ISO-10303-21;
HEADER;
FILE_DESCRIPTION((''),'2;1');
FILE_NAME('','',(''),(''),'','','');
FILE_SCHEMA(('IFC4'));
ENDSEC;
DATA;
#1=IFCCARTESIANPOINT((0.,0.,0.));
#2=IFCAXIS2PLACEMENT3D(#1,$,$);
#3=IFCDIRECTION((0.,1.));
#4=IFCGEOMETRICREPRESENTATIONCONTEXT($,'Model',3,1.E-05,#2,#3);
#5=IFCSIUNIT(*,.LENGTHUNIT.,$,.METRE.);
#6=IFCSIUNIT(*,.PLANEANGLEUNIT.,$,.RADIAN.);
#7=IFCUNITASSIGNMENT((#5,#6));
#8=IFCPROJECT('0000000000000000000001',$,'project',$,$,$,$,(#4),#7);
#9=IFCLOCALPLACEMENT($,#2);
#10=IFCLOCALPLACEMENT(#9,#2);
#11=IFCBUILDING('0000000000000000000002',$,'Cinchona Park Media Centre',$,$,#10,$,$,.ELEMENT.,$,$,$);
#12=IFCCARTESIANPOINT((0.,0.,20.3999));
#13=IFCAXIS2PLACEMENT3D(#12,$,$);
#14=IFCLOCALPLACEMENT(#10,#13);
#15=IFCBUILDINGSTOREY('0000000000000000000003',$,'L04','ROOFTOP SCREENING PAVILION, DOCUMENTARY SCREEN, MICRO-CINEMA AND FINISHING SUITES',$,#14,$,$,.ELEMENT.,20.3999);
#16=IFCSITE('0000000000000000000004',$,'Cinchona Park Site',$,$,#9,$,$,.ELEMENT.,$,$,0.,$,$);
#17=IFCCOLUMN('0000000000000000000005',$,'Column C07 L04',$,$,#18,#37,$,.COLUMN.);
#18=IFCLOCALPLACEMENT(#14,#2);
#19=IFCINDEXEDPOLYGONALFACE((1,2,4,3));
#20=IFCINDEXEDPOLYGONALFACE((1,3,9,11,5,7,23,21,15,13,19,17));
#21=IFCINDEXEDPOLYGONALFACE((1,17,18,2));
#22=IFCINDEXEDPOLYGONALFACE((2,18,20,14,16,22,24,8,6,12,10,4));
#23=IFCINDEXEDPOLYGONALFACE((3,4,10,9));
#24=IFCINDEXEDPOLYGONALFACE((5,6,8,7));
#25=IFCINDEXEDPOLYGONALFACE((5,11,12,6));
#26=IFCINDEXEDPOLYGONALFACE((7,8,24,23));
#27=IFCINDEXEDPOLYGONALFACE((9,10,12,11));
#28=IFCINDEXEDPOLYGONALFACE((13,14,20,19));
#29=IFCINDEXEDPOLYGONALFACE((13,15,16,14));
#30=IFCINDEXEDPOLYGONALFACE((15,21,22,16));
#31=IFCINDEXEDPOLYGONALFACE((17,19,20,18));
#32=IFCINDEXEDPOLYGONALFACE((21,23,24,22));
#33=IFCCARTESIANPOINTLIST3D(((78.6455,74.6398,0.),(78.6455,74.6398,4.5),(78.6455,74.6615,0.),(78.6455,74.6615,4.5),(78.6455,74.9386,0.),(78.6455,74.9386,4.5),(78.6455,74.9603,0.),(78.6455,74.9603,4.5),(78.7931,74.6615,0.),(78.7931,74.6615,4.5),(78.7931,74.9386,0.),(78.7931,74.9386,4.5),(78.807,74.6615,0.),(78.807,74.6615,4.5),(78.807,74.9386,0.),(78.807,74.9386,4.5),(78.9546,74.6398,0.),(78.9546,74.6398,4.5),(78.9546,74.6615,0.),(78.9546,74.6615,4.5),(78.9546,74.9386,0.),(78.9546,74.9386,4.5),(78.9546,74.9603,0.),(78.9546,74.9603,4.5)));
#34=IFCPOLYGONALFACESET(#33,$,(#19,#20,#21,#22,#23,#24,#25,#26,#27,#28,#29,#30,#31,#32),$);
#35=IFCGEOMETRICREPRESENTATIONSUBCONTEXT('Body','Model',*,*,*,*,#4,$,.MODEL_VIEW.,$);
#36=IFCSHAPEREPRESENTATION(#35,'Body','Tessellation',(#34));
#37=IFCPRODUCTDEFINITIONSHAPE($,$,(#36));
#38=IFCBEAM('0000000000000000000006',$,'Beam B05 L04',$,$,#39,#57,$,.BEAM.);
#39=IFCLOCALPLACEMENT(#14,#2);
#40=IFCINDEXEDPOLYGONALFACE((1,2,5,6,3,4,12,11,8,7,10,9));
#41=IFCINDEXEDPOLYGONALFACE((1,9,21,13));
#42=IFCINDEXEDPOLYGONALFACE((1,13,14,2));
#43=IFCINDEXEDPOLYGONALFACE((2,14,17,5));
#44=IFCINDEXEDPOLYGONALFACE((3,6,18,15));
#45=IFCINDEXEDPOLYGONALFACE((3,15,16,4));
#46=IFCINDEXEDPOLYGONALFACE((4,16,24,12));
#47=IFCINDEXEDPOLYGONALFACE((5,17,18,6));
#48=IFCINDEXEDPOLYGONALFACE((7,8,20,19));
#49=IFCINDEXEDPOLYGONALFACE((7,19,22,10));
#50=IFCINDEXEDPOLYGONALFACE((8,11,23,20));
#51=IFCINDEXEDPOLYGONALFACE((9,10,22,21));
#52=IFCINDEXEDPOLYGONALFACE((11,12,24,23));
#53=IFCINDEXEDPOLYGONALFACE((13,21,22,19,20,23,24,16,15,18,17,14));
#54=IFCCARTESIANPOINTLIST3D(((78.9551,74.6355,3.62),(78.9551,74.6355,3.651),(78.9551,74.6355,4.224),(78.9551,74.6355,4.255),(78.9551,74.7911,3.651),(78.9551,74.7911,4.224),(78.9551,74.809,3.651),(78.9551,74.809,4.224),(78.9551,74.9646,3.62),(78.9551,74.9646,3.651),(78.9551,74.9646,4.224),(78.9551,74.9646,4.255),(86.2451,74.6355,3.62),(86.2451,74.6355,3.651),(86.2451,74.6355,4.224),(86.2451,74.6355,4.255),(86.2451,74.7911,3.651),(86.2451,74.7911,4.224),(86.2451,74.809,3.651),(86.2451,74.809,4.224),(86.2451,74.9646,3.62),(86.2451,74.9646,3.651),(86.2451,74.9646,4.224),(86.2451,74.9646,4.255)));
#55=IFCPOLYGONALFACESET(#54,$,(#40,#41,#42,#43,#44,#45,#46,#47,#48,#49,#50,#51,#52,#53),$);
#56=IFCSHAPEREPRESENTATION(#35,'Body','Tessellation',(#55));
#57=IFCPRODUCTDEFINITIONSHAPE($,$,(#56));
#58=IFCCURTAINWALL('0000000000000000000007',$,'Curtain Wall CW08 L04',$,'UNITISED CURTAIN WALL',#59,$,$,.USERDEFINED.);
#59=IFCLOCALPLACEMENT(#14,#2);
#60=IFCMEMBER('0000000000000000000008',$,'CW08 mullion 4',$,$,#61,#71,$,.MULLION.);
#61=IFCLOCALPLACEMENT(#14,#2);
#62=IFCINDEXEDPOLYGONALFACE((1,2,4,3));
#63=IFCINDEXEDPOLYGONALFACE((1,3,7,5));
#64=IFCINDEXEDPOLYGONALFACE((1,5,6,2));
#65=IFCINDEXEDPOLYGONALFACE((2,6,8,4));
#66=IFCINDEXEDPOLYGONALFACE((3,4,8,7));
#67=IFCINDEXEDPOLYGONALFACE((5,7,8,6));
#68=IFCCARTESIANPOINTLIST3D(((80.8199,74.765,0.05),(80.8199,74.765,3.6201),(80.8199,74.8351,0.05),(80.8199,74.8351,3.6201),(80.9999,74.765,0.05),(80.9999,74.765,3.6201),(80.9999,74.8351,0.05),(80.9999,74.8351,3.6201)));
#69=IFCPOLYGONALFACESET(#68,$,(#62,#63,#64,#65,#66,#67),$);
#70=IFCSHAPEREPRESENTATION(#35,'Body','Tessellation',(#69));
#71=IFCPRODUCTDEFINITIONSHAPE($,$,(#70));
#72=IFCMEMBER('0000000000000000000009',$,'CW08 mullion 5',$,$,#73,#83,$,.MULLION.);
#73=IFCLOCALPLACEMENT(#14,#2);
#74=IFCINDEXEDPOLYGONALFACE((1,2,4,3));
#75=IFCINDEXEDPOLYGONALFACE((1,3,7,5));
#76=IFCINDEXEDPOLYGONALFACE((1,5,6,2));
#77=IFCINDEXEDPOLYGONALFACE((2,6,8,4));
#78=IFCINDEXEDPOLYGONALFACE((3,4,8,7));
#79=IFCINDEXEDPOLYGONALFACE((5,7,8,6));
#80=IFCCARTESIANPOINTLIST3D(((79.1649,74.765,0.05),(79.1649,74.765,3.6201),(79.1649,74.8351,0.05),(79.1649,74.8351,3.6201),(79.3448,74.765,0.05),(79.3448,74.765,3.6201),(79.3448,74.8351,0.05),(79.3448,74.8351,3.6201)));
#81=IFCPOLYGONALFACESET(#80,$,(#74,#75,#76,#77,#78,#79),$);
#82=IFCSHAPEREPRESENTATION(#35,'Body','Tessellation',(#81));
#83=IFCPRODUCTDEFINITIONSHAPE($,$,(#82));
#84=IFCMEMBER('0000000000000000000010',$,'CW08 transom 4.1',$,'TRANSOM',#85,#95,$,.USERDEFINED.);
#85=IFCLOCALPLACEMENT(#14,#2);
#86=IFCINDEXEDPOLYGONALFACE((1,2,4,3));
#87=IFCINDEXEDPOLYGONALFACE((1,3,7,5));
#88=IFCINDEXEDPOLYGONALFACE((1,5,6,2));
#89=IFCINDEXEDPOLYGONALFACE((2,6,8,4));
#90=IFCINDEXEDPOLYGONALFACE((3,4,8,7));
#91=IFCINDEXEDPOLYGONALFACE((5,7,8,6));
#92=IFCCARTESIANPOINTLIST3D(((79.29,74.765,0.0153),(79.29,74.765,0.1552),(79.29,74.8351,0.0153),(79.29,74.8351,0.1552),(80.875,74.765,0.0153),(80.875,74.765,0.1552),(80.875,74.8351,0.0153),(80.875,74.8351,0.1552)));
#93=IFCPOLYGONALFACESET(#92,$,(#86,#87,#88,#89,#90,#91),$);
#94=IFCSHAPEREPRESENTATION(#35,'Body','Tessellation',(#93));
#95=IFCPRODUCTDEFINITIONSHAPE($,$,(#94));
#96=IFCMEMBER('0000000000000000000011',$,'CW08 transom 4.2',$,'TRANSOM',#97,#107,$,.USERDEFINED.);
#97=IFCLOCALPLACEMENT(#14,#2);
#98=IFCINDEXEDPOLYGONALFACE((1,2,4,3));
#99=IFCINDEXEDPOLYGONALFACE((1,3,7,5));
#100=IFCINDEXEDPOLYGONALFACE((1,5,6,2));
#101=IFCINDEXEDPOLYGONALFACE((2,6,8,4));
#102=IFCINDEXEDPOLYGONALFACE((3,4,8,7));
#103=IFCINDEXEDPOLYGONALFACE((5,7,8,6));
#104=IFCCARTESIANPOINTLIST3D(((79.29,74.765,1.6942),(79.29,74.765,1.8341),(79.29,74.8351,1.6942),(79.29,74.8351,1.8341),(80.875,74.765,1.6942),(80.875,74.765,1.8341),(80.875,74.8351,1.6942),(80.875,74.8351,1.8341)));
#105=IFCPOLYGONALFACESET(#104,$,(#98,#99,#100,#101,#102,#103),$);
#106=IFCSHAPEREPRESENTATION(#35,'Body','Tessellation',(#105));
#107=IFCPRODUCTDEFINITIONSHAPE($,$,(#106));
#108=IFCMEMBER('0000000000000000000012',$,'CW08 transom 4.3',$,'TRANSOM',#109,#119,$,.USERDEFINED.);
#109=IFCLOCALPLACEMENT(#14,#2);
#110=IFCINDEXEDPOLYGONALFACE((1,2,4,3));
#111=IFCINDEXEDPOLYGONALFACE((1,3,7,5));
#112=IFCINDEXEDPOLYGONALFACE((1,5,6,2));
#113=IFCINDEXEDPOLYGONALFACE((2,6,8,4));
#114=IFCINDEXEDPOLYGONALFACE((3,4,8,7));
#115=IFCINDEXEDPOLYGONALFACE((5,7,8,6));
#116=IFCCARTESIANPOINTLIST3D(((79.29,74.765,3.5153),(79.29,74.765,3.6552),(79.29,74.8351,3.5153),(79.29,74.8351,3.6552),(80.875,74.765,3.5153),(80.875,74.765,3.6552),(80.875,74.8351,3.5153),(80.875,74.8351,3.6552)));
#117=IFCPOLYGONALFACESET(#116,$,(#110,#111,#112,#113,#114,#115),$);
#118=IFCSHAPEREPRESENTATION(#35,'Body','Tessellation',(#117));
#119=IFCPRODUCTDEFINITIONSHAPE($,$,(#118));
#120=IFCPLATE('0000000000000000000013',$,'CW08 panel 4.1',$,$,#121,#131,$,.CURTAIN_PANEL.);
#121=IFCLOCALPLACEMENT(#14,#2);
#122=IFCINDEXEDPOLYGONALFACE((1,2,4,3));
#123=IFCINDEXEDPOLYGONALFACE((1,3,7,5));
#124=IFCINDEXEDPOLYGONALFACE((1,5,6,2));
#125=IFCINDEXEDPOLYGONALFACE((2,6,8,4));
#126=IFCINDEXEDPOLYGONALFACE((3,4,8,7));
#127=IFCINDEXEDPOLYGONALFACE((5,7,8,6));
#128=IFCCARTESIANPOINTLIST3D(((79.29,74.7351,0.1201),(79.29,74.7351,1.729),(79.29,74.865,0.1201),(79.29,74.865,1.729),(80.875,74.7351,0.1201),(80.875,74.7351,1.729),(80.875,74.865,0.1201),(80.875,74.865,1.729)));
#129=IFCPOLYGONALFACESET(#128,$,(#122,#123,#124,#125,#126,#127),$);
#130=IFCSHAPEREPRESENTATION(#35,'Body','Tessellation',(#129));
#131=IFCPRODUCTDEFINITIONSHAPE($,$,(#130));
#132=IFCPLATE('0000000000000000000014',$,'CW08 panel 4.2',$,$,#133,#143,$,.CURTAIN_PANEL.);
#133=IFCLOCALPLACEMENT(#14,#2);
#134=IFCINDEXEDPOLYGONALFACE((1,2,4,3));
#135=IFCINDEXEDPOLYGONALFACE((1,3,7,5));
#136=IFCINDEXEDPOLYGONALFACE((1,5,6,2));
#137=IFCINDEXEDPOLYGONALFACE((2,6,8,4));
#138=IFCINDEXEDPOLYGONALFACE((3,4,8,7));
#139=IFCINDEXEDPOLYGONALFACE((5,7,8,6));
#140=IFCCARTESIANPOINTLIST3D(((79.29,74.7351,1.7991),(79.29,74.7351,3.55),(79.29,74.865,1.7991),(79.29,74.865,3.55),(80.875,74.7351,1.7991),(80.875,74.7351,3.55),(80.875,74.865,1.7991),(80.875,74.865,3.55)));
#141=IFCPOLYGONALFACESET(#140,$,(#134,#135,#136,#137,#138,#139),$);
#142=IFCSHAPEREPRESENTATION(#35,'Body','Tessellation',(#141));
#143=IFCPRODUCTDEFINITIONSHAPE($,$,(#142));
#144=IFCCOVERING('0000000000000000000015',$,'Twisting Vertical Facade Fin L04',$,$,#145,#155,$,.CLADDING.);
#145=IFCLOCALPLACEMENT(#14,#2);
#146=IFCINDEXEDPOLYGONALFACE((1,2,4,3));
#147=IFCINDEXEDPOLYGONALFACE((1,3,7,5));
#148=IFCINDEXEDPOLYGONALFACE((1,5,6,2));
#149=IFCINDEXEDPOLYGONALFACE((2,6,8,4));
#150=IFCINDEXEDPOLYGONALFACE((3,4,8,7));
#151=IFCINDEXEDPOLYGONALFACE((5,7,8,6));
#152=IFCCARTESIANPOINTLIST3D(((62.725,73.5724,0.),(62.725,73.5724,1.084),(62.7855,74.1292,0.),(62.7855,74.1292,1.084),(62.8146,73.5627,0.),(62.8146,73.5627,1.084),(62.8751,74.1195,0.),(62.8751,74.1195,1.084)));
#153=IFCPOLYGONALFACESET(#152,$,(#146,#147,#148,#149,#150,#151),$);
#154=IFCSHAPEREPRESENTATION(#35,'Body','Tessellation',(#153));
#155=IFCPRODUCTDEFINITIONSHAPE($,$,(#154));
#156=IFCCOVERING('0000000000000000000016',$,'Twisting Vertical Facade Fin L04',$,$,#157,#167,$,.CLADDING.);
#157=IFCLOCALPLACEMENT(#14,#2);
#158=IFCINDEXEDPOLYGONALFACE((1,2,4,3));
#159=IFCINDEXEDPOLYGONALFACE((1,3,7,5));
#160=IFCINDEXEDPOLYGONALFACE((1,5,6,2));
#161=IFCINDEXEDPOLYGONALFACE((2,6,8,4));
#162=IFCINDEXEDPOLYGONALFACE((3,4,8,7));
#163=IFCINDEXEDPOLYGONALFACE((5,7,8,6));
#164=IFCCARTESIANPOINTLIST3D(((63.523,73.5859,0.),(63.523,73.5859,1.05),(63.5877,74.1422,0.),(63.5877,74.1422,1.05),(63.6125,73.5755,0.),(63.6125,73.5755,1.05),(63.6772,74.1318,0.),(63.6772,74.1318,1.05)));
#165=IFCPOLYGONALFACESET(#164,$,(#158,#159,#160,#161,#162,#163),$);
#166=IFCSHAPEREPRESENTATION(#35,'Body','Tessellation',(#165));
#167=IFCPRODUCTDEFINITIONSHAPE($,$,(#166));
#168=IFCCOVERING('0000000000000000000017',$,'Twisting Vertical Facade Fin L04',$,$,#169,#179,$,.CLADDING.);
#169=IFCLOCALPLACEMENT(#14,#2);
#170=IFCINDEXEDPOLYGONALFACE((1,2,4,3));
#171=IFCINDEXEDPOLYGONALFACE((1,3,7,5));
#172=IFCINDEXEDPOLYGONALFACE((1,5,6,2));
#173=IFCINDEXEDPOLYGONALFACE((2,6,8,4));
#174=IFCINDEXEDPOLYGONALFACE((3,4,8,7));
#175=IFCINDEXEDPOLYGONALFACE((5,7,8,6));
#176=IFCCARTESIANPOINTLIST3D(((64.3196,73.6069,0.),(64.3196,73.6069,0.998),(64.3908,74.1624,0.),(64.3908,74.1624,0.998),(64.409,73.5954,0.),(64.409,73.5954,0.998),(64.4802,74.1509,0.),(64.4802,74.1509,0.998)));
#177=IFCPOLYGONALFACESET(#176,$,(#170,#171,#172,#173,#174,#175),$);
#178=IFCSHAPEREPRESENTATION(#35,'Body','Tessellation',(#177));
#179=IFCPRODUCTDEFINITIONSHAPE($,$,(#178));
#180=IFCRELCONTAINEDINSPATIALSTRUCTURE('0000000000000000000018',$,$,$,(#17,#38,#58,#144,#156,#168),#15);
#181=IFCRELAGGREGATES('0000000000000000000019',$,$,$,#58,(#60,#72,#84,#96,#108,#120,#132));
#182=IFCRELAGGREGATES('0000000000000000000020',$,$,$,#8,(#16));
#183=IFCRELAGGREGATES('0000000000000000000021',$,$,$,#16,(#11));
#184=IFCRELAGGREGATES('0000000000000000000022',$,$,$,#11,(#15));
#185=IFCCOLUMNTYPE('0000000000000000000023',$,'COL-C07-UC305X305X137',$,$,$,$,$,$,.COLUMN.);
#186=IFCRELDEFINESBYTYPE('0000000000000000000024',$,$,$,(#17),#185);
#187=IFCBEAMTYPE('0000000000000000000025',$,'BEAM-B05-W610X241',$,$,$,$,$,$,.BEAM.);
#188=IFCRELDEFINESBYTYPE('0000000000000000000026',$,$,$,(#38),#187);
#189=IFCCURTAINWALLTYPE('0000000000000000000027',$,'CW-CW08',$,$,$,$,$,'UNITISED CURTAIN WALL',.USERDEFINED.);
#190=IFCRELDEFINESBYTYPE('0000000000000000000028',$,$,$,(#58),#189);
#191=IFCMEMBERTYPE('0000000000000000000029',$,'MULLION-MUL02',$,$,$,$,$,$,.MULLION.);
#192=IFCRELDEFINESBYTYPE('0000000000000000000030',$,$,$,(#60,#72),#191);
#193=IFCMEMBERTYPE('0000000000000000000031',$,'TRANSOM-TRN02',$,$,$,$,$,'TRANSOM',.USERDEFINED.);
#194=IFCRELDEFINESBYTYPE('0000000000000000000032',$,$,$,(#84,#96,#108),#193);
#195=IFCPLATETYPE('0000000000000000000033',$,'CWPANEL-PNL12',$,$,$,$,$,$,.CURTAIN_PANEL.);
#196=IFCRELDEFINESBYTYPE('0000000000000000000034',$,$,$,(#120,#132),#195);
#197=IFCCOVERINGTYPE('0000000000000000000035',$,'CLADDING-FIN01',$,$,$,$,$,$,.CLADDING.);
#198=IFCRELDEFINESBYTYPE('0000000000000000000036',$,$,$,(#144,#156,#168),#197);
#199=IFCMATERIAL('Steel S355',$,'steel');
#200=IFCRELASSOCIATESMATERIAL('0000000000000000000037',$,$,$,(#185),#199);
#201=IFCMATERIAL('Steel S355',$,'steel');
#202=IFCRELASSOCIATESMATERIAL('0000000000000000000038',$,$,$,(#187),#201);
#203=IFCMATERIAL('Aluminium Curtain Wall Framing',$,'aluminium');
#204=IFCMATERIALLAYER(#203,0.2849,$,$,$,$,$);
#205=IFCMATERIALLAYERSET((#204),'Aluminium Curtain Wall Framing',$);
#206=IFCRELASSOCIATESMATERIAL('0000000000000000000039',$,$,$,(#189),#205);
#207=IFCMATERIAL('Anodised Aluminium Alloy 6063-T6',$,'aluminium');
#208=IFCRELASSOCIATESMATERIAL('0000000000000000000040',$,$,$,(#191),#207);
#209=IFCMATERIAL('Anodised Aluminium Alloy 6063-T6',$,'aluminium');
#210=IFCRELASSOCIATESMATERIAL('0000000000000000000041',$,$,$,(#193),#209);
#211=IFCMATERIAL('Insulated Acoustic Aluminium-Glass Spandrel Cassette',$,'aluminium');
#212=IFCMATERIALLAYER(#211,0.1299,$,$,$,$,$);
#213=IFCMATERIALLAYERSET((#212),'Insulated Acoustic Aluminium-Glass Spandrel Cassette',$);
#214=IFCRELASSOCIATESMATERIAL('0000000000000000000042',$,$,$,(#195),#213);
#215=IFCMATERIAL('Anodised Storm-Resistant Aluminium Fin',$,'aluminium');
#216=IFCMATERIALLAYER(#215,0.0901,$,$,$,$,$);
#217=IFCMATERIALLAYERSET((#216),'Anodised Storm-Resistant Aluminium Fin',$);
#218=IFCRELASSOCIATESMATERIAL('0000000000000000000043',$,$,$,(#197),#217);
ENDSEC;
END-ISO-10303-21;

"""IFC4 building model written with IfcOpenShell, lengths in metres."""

from ifc_helpers import new_model, si_unit, direction, frame, origin, origin_2d, place, context, subcontext, project, spatial, rectangle, i_section, extrude, material, layer, layer_set, material_profile, profile_set, type_object, element, aggregate, save


model = new_model("IFC4")

# Units and contexts
model_context = context("Model", 3, precision=1e-05, world=origin(), true_north=direction((0.0, 1.0)))
body_context = subcontext(model_context, "Body", "Model", "MODEL_VIEW")
ifc_project = project(units=[si_unit("LENGTHUNIT", "METRE"), si_unit("PLANEANGLEUNIT", "RADIAN")], contexts=[model_context])

# Site, building, storey
site_placement = place(None, origin())
site = spatial("IfcSite", under=ifc_project, at=site_placement, Name="Cinchona Park Site", CompositionType="ELEMENT", RefElevation=0.0)
building_placement = place(site_placement, origin())
building = spatial("IfcBuilding", under=site, at=building_placement, Name="Cinchona Park Media Centre", CompositionType="ELEMENT")
storey_placement = place(building_placement, frame((0.0, 0.0, 20.3999)))
storey = spatial("IfcBuildingStorey", under=building, at=storey_placement, Name="L04", Description="ROOFTOP SCREENING PAVILION, DOCUMENTARY SCREEN, MICRO-CINEMA AND FINISHING SUITES", CompositionType="ELEMENT", Elevation=20.3999)

# Column
ifc_material_1 = material(Name="Steel S355", Category="steel")
ifc_material_profile_1 = material_profile(ifc_material_1, i_section(OverallWidth=0.3091, OverallDepth=0.3206, WebThickness=0.0139, FlangeThickness=0.0217, at=origin_2d()), Name="UC305X305X137")
ifc_profile_set_1 = profile_set([ifc_material_profile_1], Name="Steel S355")
column_type = type_object("IfcColumnType", Name="COL-C07-UC305X305X137", PredefinedType="COLUMN", material=ifc_profile_set_1)
column_placement = place(storey_placement, frame((78.8, 74.8, 0.0), z_axis=(0.0, 0.0, 1.0), x_axis=(1.0, 0.0, 0.0)))
element("IfcColumn", 1, at=column_placement, inside=storey, type_object=column_type, Name="Column C07 L04", PredefinedType="COLUMN", context=body_context, shape_type="SweptSolid", body=[
    extrude(i_section(OverallWidth=0.3091, OverallDepth=0.3206, WebThickness=0.0139, FlangeThickness=0.0217, at=origin_2d()), origin(), (0.0, 0.0, 1.0), 4.5),
])

# Beam
ifc_material_2 = material(Name="Steel S355", Category="steel")
ifc_material_profile_2 = material_profile(ifc_material_2, i_section(OverallWidth=0.3291, OverallDepth=0.635, WebThickness=0.0178, FlangeThickness=0.031, at=origin_2d()), Name="W610X241")
ifc_profile_set_2 = profile_set([ifc_material_profile_2], Name="Steel S355")
beam_type = type_object("IfcBeamType", Name="BEAM-B05-W610X241", PredefinedType="BEAM", material=ifc_profile_set_2)
beam_placement = place(storey_placement, frame((78.9551, 74.8, 3.9375), z_axis=(1.0, 0.0, 0.0), x_axis=(0.0, 1.0, 0.0)))
element("IfcBeam", 2, at=beam_placement, inside=storey, type_object=beam_type, Name="Beam B05 L04", PredefinedType="BEAM", context=body_context, shape_type="SweptSolid", body=[
    extrude(i_section(OverallWidth=0.3291, OverallDepth=0.635, WebThickness=0.0178, FlangeThickness=0.031, at=origin_2d()), origin(), (0.0, 0.0, 1.0), 7.29),
])

# Curtain wall, members, plates
ifc_material_3 = material(Name="Aluminium Curtain Wall Framing", Category="aluminium")
ifc_layer_1 = layer(ifc_material_3, 0.2849)
ifc_layer_set_1 = layer_set([ifc_layer_1], Name="Aluminium Curtain Wall Framing")
curtain_wall_type = type_object("IfcCurtainWallType", Name="CW-CW08", ElementType="UNITISED CURTAIN WALL", PredefinedType="USERDEFINED", material=ifc_layer_set_1)
curtain_wall_placement = place(storey_placement, origin())
curtain_wall = element("IfcCurtainWall", 3, at=curtain_wall_placement, inside=storey, type_object=curtain_wall_type, Name="Curtain Wall CW08 L04", ObjectType="UNITISED CURTAIN WALL", PredefinedType="USERDEFINED")
ifc_material_4 = material(Name="Anodised Aluminium Alloy 6063-T6", Category="aluminium")
ifc_material_profile_3 = material_profile(ifc_material_4, rectangle(XDim=0.0701, YDim=0.1799, at=origin_2d()), Name="MUL-70X180")
ifc_profile_set_3 = profile_set([ifc_material_profile_3], Name="Anodised Aluminium Alloy 6063-T6")
member_type_1 = type_object("IfcMemberType", Name="MULLION-MUL02", PredefinedType="MULLION", material=ifc_profile_set_3)
member_1_placement = place(storey_placement, frame((80.9099, 74.8, 0.05), z_axis=(0.0, 0.0, 1.0), x_axis=(0.0, -1.0, 0.0)))
member_1 = element("IfcMember", 4, at=member_1_placement, type_object=member_type_1, Name="CW08 mullion 4", PredefinedType="MULLION", context=body_context, shape_type="SweptSolid", body=[
    extrude(rectangle(XDim=0.0701, YDim=0.1799, at=origin_2d()), origin(), (0.0, 0.0, 1.0), 3.5701),
])
member_2_placement = place(storey_placement, frame((79.2549, 74.8, 0.05), z_axis=(0.0, 0.0, 1.0), x_axis=(0.0, -1.0, 0.0)))
member_2 = element("IfcMember", 5, at=member_2_placement, type_object=member_type_1, Name="CW08 mullion 5", PredefinedType="MULLION", context=body_context, shape_type="SweptSolid", body=[
    extrude(rectangle(XDim=0.0701, YDim=0.1799, at=origin_2d()), origin(), (0.0, 0.0, 1.0), 3.5701),
])
ifc_material_5 = material(Name="Anodised Aluminium Alloy 6063-T6", Category="aluminium")
ifc_material_profile_4 = material_profile(ifc_material_5, rectangle(XDim=0.0701, YDim=0.1399, at=origin_2d()), Name="TRN-70X140")
ifc_profile_set_4 = profile_set([ifc_material_profile_4], Name="Anodised Aluminium Alloy 6063-T6")
member_type_2 = type_object("IfcMemberType", Name="TRANSOM-TRN02", ElementType="TRANSOM", PredefinedType="USERDEFINED", material=ifc_profile_set_4)
member_3_placement = place(storey_placement, frame((80.875, 74.8, 0.0852), z_axis=(-1.0, 0.0, 0.0), x_axis=(0.0, -1.0, 0.0)))
member_3 = element("IfcMember", 6, at=member_3_placement, type_object=member_type_2, Name="CW08 transom 4.1", ObjectType="TRANSOM", PredefinedType="USERDEFINED", context=body_context, shape_type="SweptSolid", body=[
    extrude(rectangle(XDim=0.0701, YDim=0.1399, at=origin_2d()), origin(), (0.0, 0.0, 1.0), 1.585),
])
member_4_placement = place(storey_placement, frame((80.875, 74.8, 1.7642), z_axis=(-1.0, 0.0, 0.0), x_axis=(0.0, -1.0, 0.0)))
member_4 = element("IfcMember", 7, at=member_4_placement, type_object=member_type_2, Name="CW08 transom 4.2", ObjectType="TRANSOM", PredefinedType="USERDEFINED", context=body_context, shape_type="SweptSolid", body=[
    extrude(rectangle(XDim=0.0701, YDim=0.1399, at=origin_2d()), origin(), (0.0, 0.0, 1.0), 1.585),
])
member_5_placement = place(storey_placement, frame((80.875, 74.8, 3.5852), z_axis=(-1.0, 0.0, 0.0), x_axis=(0.0, -1.0, 0.0)))
member_5 = element("IfcMember", 8, at=member_5_placement, type_object=member_type_2, Name="CW08 transom 4.3", ObjectType="TRANSOM", PredefinedType="USERDEFINED", context=body_context, shape_type="SweptSolid", body=[
    extrude(rectangle(XDim=0.0701, YDim=0.1399, at=origin_2d()), origin(), (0.0, 0.0, 1.0), 1.585),
])
ifc_material_6 = material(Name="Insulated Acoustic Aluminium-Glass Spandrel Cassette", Category="aluminium")
ifc_layer_2 = layer(ifc_material_6, 0.1299)
ifc_layer_set_2 = layer_set([ifc_layer_2], Name="Insulated Acoustic Aluminium-Glass Spandrel Cassette")
plate_type = type_object("IfcPlateType", Name="CWPANEL-PNL12", PredefinedType="CURTAIN_PANEL", material=ifc_layer_set_2)
plate_1_placement = place(storey_placement, frame((80.0825, 74.8, 0.1201), z_axis=(0.0, 0.0, 1.0), x_axis=(-1.0, 0.0, 0.0)))
plate_1 = element("IfcPlate", 9, at=plate_1_placement, type_object=plate_type, Name="CW08 panel 4.1", PredefinedType="CURTAIN_PANEL", context=body_context, shape_type="SweptSolid", body=[
    extrude(rectangle(XDim=1.585, YDim=0.1299, at=origin_2d()), origin(), (0.0, 0.0, 1.0), 1.6089),
])
plate_2_placement = place(storey_placement, frame((80.0825, 74.8, 1.7991), z_axis=(0.0, 0.0, 1.0), x_axis=(-1.0, 0.0, 0.0)))
plate_2 = element("IfcPlate", 10, at=plate_2_placement, type_object=plate_type, Name="CW08 panel 4.2", PredefinedType="CURTAIN_PANEL", context=body_context, shape_type="SweptSolid", body=[
    extrude(rectangle(XDim=1.585, YDim=0.1299, at=origin_2d()), origin(), (0.0, 0.0, 1.0), 1.751),
])
aggregate(curtain_wall, [member_1, member_2, member_3, member_4, member_5, plate_1, plate_2])

# Coverings
ifc_material_7 = material(Name="Anodised Storm-Resistant Aluminium Fin", Category="aluminium")
ifc_layer_3 = layer(ifc_material_7, 0.0901)
ifc_layer_set_3 = layer_set([ifc_layer_3], Name="Anodised Storm-Resistant Aluminium Fin")
covering_type = type_object("IfcCoveringType", Name="CLADDING-FIN01", PredefinedType="CLADDING", material=ifc_layer_set_3)
covering_1_placement = place(storey_placement, frame((62.8, 73.8459, 0.0), z_axis=(0.0, 0.0, 1.0), x_axis=(0.107999, 0.994151, 0.0)))
element("IfcCovering", 11, at=covering_1_placement, inside=storey, type_object=covering_type, Name="Twisting Vertical Facade Fin L04", PredefinedType="CLADDING", context=body_context, shape_type="SweptSolid", body=[
    extrude(rectangle(XDim=0.5601, YDim=0.0901, at=origin_2d()), origin(), (0.0, 0.0, 1.0), 1.084),
])
covering_2_placement = place(storey_placement, frame((63.6001, 73.8589, 0.0), z_axis=(0.0, 0.0, 1.0), x_axis=(0.115457, 0.993312, 0.0)))
element("IfcCovering", 12, at=covering_2_placement, inside=storey, type_object=covering_type, Name="Twisting Vertical Facade Fin L04", PredefinedType="CLADDING", context=body_context, shape_type="SweptSolid", body=[
    extrude(rectangle(XDim=0.5601, YDim=0.0901, at=origin_2d()), origin(), (0.0, 0.0, 1.0), 1.05),
])
covering_3_placement = place(storey_placement, frame((64.3999, 73.8789, 0.0), z_axis=(0.0, 0.0, 1.0), x_axis=(0.127065, 0.991894, 0.0)))
element("IfcCovering", 13, at=covering_3_placement, inside=storey, type_object=covering_type, Name="Twisting Vertical Facade Fin L04", PredefinedType="CLADDING", context=body_context, shape_type="SweptSolid", body=[
    extrude(rectangle(XDim=0.5601, YDim=0.0901, at=origin_2d()), origin(), (0.0, 0.0, 1.0), 0.998),
])

save(model, "model.ifc")
